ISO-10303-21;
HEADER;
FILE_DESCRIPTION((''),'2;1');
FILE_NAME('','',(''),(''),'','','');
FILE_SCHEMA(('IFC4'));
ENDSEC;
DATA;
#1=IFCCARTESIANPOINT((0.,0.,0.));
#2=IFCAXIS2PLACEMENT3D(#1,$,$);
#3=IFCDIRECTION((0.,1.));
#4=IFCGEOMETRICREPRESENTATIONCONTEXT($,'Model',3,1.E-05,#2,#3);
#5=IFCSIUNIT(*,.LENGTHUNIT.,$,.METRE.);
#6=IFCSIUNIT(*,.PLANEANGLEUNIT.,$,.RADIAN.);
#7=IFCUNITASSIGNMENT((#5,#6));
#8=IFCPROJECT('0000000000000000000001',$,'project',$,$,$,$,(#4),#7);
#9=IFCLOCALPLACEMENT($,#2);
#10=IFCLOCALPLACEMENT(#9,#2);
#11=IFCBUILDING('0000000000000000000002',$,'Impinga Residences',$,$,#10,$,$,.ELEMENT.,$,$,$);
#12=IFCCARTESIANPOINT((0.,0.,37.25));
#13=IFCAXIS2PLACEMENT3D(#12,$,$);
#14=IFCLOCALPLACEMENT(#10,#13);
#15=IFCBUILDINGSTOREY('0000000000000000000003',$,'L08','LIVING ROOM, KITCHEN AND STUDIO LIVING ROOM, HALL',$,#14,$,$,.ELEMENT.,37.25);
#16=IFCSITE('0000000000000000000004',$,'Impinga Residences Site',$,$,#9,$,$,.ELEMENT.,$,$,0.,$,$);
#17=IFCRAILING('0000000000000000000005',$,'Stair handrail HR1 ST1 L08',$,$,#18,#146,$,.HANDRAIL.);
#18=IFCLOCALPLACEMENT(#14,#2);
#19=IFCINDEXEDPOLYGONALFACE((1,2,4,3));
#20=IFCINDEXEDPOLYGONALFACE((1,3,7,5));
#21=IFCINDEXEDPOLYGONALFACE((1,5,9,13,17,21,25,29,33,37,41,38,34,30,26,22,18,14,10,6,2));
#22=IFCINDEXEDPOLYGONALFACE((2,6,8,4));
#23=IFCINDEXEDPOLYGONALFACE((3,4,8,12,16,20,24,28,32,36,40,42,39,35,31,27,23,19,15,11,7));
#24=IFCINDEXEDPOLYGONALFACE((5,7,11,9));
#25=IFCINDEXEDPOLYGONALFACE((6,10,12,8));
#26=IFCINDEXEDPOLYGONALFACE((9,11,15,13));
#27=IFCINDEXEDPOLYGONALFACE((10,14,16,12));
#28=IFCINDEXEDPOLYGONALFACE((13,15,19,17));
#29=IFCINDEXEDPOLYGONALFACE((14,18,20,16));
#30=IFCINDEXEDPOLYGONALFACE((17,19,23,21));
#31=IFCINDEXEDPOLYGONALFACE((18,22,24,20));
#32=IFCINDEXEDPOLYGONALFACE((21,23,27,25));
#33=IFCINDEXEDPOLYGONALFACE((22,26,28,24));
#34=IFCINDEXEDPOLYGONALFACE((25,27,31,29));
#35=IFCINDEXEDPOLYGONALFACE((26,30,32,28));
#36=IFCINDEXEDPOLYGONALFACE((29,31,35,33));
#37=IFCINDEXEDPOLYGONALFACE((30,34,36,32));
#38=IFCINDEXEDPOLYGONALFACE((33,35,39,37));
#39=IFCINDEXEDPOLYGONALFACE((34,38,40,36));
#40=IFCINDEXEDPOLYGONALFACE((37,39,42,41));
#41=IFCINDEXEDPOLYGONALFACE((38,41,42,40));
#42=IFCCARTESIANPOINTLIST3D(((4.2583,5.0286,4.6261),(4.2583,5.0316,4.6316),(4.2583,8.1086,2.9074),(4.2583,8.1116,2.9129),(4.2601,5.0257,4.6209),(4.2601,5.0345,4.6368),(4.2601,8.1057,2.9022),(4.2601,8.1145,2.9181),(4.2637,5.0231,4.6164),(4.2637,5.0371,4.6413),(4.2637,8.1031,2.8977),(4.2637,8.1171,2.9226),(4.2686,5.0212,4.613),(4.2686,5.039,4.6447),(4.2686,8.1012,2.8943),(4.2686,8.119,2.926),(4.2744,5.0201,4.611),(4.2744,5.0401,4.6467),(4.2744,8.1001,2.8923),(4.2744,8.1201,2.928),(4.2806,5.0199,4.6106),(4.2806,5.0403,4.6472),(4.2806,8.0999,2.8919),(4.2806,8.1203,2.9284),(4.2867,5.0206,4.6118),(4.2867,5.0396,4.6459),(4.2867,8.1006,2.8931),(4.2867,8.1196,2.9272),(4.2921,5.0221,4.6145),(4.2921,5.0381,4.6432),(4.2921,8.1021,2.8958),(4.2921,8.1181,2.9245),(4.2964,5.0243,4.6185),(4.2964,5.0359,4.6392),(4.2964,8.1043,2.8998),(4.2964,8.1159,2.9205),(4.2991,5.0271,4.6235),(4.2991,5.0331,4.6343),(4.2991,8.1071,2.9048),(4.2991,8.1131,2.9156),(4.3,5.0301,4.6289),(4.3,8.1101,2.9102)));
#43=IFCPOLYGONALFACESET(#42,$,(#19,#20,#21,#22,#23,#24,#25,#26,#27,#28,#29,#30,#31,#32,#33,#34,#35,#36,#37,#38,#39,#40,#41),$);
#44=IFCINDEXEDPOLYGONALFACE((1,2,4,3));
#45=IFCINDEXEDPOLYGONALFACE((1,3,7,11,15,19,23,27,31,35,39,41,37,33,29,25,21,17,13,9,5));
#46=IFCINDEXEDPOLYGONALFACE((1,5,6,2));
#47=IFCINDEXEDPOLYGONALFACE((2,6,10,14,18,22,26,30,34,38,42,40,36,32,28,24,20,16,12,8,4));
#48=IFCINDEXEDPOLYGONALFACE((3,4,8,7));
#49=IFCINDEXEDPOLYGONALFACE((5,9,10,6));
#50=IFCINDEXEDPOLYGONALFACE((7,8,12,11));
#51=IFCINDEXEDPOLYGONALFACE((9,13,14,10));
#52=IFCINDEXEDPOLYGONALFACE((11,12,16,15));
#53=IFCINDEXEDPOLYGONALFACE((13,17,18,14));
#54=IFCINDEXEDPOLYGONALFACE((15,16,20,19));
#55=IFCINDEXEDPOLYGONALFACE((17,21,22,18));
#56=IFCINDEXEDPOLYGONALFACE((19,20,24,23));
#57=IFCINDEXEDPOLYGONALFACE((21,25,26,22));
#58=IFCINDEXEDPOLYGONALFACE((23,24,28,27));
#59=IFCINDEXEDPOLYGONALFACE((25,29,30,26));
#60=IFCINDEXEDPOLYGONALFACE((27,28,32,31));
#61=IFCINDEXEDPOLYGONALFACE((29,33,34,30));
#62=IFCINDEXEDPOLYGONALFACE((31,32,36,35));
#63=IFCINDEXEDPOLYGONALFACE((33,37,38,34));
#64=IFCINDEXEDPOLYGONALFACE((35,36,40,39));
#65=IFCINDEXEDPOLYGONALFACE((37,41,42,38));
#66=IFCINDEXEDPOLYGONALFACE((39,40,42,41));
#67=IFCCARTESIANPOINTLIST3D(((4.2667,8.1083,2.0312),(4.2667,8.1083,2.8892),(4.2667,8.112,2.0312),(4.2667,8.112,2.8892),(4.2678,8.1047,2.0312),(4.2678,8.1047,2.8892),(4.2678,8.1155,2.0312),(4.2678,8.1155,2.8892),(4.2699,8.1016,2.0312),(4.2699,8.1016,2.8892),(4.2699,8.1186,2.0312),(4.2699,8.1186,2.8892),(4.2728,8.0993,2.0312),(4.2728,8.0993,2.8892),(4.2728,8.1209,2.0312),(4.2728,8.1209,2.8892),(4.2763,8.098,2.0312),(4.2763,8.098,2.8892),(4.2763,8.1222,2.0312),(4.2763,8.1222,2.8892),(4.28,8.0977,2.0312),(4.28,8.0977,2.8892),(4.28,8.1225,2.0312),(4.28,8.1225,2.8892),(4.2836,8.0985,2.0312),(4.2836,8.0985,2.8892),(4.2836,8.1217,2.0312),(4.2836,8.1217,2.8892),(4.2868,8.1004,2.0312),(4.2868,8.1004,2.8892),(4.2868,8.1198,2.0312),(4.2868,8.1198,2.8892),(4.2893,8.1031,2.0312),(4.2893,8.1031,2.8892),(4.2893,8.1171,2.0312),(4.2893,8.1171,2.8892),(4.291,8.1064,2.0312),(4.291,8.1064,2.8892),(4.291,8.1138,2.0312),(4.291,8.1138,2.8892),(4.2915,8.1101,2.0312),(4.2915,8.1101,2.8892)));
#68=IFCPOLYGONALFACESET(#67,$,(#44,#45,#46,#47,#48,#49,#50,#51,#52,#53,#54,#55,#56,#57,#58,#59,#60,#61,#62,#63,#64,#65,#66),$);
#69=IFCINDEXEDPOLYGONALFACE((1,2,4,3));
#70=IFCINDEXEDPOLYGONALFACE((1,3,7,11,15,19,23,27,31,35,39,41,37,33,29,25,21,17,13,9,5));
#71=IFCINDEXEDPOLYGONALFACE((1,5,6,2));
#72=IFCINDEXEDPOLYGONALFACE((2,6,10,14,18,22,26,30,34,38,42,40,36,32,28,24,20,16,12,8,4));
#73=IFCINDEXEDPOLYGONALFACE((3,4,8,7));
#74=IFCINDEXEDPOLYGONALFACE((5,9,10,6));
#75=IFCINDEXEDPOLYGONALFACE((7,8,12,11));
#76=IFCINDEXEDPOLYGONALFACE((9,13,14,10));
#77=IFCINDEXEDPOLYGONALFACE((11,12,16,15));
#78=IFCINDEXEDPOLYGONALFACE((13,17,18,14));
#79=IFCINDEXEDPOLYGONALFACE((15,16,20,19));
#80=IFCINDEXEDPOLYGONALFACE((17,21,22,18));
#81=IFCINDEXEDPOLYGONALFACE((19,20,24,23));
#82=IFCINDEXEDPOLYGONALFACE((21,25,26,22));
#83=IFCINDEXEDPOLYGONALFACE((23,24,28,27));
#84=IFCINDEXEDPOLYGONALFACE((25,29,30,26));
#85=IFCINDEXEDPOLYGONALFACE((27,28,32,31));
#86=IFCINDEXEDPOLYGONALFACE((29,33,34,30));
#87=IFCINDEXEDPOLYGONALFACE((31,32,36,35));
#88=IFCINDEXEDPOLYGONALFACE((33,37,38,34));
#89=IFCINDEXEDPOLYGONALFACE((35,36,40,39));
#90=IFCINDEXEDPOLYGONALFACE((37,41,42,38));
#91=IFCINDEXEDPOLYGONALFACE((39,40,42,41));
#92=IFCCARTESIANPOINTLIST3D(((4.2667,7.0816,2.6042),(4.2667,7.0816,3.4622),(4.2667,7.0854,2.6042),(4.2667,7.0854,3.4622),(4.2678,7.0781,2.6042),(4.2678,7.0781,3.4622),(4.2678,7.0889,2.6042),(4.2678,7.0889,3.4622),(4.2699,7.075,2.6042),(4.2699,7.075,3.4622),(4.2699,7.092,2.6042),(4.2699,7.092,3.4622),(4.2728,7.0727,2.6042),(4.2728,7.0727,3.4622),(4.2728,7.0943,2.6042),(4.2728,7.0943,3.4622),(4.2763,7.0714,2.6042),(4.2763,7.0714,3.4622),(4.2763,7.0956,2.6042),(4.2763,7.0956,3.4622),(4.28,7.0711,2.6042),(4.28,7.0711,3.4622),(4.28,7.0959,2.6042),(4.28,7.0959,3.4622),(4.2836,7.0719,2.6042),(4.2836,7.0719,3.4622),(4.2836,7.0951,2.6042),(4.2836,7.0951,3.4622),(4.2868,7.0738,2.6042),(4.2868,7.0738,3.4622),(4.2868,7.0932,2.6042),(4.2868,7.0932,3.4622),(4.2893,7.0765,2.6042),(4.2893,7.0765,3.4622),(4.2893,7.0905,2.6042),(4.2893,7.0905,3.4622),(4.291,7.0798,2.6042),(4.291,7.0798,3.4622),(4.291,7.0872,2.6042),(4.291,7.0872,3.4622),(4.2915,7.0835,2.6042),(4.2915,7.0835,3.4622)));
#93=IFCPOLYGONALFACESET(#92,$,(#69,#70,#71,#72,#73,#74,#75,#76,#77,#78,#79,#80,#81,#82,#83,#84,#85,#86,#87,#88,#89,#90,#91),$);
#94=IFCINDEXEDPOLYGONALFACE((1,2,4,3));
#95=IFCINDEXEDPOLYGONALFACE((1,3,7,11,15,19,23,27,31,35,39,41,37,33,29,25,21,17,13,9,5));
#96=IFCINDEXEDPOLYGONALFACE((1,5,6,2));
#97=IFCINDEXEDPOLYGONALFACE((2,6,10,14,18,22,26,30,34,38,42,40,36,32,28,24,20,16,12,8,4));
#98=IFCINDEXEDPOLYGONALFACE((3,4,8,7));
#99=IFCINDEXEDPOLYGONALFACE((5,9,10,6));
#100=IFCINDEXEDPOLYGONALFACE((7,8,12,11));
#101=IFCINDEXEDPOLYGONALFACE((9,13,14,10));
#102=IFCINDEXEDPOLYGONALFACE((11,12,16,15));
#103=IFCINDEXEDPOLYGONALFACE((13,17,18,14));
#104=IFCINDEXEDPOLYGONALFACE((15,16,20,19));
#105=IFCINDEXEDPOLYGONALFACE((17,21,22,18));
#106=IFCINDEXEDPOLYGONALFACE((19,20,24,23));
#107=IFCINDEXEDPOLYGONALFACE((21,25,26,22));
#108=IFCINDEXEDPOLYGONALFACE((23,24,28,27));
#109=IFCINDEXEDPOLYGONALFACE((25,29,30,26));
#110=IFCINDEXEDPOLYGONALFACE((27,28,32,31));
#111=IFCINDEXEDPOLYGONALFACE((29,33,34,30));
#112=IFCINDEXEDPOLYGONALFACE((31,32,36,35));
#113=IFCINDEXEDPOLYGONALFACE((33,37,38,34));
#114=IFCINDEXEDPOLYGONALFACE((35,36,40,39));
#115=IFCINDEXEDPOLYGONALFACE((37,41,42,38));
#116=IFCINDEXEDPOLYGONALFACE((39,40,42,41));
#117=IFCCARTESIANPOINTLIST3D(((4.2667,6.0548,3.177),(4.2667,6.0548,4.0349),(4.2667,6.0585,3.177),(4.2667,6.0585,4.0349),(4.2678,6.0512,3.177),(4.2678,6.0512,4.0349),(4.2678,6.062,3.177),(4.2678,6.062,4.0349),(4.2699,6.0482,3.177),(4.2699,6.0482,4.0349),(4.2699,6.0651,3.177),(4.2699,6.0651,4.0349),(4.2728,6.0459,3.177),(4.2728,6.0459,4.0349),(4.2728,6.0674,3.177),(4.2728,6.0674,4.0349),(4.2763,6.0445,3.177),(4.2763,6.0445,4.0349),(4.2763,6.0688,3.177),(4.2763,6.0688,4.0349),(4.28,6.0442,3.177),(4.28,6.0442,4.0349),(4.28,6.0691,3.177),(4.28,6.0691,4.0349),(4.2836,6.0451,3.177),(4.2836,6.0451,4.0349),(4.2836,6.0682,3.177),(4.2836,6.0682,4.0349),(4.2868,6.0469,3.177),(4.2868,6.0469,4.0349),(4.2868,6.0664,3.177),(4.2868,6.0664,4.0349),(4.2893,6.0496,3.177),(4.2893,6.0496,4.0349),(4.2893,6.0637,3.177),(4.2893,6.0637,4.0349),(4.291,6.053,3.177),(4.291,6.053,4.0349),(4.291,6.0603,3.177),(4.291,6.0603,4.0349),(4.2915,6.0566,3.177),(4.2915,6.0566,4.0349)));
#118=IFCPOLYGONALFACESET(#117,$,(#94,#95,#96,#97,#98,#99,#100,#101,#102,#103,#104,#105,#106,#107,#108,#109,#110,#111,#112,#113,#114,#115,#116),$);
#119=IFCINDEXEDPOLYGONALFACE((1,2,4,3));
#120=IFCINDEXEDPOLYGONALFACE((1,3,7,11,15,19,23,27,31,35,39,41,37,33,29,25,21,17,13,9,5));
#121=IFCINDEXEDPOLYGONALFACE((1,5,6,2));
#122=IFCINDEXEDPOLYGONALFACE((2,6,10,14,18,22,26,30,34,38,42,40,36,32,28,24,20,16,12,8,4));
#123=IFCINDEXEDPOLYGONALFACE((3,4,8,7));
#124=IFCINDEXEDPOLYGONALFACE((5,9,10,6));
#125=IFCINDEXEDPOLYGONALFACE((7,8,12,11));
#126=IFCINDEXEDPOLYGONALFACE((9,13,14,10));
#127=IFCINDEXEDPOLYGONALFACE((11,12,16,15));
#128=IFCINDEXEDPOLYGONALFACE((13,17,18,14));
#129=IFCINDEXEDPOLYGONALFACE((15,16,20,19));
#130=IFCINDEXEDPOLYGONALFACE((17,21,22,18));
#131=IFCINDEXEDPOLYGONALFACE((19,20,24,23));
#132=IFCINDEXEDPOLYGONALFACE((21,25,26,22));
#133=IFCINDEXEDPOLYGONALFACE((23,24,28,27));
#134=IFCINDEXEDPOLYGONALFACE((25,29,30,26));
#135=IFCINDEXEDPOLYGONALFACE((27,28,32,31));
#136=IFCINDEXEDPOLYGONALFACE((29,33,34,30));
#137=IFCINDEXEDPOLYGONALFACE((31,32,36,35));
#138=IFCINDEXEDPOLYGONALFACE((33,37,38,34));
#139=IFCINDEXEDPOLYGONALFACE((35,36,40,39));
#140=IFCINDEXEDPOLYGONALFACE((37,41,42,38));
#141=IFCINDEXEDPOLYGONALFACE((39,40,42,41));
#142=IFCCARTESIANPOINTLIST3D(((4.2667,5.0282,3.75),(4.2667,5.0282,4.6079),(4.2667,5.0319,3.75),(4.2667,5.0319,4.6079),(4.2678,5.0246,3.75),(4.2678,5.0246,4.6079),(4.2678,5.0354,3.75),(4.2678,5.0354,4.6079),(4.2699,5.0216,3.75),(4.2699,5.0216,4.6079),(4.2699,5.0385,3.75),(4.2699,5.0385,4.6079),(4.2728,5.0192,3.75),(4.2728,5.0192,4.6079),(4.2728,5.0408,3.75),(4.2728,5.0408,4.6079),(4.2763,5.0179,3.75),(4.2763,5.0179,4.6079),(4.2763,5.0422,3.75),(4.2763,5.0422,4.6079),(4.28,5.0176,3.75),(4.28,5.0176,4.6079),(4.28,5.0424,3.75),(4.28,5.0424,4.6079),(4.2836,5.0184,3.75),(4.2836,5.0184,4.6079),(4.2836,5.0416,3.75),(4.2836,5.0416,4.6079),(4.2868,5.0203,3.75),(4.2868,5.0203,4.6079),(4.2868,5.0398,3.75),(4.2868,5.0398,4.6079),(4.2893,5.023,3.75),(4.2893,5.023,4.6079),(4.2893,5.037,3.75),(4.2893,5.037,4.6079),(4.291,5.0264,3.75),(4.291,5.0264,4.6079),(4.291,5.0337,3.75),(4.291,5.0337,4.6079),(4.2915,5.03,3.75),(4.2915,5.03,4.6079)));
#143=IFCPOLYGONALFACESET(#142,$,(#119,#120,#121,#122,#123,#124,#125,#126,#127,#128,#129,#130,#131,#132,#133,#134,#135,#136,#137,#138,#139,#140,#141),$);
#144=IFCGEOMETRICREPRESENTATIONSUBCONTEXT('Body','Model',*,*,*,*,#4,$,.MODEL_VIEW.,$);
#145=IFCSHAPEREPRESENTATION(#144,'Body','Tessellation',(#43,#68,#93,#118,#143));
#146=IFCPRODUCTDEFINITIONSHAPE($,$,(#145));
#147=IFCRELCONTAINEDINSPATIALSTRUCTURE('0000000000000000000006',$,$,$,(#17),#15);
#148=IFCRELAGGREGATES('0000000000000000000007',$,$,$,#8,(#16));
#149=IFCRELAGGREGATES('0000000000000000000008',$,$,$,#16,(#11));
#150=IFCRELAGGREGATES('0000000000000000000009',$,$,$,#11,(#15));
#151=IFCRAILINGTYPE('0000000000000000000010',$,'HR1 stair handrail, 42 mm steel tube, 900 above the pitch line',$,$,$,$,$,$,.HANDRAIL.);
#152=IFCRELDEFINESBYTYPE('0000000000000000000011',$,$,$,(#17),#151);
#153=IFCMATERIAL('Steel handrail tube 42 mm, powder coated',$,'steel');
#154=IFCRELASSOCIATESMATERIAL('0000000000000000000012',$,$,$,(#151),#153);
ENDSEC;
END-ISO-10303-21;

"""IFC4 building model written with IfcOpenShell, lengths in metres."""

from ifc_helpers import new_model, si_unit, direction, frame, origin, origin_2d, place, context, subcontext, project, spatial, circle, extrude, material, type_object, element, save


model = new_model("IFC4")

# Units and contexts
model_context = context("Model", 3, precision=1e-05, world=origin(), true_north=direction((0.0, 1.0)))
body_context = subcontext(model_context, "Body", "Model", "MODEL_VIEW")
ifc_project = project(units=[si_unit("LENGTHUNIT", "METRE"), si_unit("PLANEANGLEUNIT", "RADIAN")], contexts=[model_context])

# Site, building, storey
site_placement = place(None, origin())
site = spatial("IfcSite", under=ifc_project, at=site_placement, Name="Impinga Residences Site", CompositionType="ELEMENT", RefElevation=0.0)
building_placement = place(site_placement, origin())
building = spatial("IfcBuilding", under=site, at=building_placement, Name="Impinga Residences", CompositionType="ELEMENT")
storey_placement = place(building_placement, frame((0.0, 0.0, 37.25)))
storey = spatial("IfcBuildingStorey", under=building, at=storey_placement, Name="L08", Description="LIVING ROOM, KITCHEN AND STUDIO LIVING ROOM, HALL", CompositionType="ELEMENT", Elevation=37.25)

# Railing
ifc_material_1 = material(Name="Steel handrail tube 42 mm, powder coated", Category="steel")
railing_type_1 = type_object("IfcRailingType", Name="HR1 stair handrail, 42 mm steel tube, 900 above the pitch line", PredefinedType="HANDRAIL", material=ifc_material_1)
railing_1_placement = place(storey_placement, frame((4.2791, 8.1101, 2.0312)))
element("IfcRailing", 1, at=railing_1_placement, inside=storey, type_object=railing_type_1, Name="Stair handrail HR1 ST1 L08", PredefinedType="HANDRAIL", context=body_context, shape_type="SweptSolid", body=[
    extrude(circle(Radius=0.021, at=origin_2d()), frame((0.0, 0.0, 0.8789), z_axis=(0.0, -0.873242, 0.487288), x_axis=(1.0, 0.0, 0.0)), (0.0, 0.0, 1.0), 3.5271),
    extrude(circle(Radius=0.0125, at=origin_2d()), origin(), (0.0, 0.0, 1.0), 0.8579),
    extrude(circle(Radius=0.0125, at=origin_2d()), frame((0.0, -1.0266, 0.573)), (0.0, 0.0, 1.0), 0.8579),
    extrude(circle(Radius=0.0125, at=origin_2d()), frame((0.0, -2.0535, 1.1458)), (0.0, 0.0, 1.0), 0.8579),
    extrude(circle(Radius=0.0125, at=origin_2d()), frame((0.0, -3.0801, 1.7188)), (0.0, 0.0, 1.0), 0.8579),
])

save(model, "model.ifc")
